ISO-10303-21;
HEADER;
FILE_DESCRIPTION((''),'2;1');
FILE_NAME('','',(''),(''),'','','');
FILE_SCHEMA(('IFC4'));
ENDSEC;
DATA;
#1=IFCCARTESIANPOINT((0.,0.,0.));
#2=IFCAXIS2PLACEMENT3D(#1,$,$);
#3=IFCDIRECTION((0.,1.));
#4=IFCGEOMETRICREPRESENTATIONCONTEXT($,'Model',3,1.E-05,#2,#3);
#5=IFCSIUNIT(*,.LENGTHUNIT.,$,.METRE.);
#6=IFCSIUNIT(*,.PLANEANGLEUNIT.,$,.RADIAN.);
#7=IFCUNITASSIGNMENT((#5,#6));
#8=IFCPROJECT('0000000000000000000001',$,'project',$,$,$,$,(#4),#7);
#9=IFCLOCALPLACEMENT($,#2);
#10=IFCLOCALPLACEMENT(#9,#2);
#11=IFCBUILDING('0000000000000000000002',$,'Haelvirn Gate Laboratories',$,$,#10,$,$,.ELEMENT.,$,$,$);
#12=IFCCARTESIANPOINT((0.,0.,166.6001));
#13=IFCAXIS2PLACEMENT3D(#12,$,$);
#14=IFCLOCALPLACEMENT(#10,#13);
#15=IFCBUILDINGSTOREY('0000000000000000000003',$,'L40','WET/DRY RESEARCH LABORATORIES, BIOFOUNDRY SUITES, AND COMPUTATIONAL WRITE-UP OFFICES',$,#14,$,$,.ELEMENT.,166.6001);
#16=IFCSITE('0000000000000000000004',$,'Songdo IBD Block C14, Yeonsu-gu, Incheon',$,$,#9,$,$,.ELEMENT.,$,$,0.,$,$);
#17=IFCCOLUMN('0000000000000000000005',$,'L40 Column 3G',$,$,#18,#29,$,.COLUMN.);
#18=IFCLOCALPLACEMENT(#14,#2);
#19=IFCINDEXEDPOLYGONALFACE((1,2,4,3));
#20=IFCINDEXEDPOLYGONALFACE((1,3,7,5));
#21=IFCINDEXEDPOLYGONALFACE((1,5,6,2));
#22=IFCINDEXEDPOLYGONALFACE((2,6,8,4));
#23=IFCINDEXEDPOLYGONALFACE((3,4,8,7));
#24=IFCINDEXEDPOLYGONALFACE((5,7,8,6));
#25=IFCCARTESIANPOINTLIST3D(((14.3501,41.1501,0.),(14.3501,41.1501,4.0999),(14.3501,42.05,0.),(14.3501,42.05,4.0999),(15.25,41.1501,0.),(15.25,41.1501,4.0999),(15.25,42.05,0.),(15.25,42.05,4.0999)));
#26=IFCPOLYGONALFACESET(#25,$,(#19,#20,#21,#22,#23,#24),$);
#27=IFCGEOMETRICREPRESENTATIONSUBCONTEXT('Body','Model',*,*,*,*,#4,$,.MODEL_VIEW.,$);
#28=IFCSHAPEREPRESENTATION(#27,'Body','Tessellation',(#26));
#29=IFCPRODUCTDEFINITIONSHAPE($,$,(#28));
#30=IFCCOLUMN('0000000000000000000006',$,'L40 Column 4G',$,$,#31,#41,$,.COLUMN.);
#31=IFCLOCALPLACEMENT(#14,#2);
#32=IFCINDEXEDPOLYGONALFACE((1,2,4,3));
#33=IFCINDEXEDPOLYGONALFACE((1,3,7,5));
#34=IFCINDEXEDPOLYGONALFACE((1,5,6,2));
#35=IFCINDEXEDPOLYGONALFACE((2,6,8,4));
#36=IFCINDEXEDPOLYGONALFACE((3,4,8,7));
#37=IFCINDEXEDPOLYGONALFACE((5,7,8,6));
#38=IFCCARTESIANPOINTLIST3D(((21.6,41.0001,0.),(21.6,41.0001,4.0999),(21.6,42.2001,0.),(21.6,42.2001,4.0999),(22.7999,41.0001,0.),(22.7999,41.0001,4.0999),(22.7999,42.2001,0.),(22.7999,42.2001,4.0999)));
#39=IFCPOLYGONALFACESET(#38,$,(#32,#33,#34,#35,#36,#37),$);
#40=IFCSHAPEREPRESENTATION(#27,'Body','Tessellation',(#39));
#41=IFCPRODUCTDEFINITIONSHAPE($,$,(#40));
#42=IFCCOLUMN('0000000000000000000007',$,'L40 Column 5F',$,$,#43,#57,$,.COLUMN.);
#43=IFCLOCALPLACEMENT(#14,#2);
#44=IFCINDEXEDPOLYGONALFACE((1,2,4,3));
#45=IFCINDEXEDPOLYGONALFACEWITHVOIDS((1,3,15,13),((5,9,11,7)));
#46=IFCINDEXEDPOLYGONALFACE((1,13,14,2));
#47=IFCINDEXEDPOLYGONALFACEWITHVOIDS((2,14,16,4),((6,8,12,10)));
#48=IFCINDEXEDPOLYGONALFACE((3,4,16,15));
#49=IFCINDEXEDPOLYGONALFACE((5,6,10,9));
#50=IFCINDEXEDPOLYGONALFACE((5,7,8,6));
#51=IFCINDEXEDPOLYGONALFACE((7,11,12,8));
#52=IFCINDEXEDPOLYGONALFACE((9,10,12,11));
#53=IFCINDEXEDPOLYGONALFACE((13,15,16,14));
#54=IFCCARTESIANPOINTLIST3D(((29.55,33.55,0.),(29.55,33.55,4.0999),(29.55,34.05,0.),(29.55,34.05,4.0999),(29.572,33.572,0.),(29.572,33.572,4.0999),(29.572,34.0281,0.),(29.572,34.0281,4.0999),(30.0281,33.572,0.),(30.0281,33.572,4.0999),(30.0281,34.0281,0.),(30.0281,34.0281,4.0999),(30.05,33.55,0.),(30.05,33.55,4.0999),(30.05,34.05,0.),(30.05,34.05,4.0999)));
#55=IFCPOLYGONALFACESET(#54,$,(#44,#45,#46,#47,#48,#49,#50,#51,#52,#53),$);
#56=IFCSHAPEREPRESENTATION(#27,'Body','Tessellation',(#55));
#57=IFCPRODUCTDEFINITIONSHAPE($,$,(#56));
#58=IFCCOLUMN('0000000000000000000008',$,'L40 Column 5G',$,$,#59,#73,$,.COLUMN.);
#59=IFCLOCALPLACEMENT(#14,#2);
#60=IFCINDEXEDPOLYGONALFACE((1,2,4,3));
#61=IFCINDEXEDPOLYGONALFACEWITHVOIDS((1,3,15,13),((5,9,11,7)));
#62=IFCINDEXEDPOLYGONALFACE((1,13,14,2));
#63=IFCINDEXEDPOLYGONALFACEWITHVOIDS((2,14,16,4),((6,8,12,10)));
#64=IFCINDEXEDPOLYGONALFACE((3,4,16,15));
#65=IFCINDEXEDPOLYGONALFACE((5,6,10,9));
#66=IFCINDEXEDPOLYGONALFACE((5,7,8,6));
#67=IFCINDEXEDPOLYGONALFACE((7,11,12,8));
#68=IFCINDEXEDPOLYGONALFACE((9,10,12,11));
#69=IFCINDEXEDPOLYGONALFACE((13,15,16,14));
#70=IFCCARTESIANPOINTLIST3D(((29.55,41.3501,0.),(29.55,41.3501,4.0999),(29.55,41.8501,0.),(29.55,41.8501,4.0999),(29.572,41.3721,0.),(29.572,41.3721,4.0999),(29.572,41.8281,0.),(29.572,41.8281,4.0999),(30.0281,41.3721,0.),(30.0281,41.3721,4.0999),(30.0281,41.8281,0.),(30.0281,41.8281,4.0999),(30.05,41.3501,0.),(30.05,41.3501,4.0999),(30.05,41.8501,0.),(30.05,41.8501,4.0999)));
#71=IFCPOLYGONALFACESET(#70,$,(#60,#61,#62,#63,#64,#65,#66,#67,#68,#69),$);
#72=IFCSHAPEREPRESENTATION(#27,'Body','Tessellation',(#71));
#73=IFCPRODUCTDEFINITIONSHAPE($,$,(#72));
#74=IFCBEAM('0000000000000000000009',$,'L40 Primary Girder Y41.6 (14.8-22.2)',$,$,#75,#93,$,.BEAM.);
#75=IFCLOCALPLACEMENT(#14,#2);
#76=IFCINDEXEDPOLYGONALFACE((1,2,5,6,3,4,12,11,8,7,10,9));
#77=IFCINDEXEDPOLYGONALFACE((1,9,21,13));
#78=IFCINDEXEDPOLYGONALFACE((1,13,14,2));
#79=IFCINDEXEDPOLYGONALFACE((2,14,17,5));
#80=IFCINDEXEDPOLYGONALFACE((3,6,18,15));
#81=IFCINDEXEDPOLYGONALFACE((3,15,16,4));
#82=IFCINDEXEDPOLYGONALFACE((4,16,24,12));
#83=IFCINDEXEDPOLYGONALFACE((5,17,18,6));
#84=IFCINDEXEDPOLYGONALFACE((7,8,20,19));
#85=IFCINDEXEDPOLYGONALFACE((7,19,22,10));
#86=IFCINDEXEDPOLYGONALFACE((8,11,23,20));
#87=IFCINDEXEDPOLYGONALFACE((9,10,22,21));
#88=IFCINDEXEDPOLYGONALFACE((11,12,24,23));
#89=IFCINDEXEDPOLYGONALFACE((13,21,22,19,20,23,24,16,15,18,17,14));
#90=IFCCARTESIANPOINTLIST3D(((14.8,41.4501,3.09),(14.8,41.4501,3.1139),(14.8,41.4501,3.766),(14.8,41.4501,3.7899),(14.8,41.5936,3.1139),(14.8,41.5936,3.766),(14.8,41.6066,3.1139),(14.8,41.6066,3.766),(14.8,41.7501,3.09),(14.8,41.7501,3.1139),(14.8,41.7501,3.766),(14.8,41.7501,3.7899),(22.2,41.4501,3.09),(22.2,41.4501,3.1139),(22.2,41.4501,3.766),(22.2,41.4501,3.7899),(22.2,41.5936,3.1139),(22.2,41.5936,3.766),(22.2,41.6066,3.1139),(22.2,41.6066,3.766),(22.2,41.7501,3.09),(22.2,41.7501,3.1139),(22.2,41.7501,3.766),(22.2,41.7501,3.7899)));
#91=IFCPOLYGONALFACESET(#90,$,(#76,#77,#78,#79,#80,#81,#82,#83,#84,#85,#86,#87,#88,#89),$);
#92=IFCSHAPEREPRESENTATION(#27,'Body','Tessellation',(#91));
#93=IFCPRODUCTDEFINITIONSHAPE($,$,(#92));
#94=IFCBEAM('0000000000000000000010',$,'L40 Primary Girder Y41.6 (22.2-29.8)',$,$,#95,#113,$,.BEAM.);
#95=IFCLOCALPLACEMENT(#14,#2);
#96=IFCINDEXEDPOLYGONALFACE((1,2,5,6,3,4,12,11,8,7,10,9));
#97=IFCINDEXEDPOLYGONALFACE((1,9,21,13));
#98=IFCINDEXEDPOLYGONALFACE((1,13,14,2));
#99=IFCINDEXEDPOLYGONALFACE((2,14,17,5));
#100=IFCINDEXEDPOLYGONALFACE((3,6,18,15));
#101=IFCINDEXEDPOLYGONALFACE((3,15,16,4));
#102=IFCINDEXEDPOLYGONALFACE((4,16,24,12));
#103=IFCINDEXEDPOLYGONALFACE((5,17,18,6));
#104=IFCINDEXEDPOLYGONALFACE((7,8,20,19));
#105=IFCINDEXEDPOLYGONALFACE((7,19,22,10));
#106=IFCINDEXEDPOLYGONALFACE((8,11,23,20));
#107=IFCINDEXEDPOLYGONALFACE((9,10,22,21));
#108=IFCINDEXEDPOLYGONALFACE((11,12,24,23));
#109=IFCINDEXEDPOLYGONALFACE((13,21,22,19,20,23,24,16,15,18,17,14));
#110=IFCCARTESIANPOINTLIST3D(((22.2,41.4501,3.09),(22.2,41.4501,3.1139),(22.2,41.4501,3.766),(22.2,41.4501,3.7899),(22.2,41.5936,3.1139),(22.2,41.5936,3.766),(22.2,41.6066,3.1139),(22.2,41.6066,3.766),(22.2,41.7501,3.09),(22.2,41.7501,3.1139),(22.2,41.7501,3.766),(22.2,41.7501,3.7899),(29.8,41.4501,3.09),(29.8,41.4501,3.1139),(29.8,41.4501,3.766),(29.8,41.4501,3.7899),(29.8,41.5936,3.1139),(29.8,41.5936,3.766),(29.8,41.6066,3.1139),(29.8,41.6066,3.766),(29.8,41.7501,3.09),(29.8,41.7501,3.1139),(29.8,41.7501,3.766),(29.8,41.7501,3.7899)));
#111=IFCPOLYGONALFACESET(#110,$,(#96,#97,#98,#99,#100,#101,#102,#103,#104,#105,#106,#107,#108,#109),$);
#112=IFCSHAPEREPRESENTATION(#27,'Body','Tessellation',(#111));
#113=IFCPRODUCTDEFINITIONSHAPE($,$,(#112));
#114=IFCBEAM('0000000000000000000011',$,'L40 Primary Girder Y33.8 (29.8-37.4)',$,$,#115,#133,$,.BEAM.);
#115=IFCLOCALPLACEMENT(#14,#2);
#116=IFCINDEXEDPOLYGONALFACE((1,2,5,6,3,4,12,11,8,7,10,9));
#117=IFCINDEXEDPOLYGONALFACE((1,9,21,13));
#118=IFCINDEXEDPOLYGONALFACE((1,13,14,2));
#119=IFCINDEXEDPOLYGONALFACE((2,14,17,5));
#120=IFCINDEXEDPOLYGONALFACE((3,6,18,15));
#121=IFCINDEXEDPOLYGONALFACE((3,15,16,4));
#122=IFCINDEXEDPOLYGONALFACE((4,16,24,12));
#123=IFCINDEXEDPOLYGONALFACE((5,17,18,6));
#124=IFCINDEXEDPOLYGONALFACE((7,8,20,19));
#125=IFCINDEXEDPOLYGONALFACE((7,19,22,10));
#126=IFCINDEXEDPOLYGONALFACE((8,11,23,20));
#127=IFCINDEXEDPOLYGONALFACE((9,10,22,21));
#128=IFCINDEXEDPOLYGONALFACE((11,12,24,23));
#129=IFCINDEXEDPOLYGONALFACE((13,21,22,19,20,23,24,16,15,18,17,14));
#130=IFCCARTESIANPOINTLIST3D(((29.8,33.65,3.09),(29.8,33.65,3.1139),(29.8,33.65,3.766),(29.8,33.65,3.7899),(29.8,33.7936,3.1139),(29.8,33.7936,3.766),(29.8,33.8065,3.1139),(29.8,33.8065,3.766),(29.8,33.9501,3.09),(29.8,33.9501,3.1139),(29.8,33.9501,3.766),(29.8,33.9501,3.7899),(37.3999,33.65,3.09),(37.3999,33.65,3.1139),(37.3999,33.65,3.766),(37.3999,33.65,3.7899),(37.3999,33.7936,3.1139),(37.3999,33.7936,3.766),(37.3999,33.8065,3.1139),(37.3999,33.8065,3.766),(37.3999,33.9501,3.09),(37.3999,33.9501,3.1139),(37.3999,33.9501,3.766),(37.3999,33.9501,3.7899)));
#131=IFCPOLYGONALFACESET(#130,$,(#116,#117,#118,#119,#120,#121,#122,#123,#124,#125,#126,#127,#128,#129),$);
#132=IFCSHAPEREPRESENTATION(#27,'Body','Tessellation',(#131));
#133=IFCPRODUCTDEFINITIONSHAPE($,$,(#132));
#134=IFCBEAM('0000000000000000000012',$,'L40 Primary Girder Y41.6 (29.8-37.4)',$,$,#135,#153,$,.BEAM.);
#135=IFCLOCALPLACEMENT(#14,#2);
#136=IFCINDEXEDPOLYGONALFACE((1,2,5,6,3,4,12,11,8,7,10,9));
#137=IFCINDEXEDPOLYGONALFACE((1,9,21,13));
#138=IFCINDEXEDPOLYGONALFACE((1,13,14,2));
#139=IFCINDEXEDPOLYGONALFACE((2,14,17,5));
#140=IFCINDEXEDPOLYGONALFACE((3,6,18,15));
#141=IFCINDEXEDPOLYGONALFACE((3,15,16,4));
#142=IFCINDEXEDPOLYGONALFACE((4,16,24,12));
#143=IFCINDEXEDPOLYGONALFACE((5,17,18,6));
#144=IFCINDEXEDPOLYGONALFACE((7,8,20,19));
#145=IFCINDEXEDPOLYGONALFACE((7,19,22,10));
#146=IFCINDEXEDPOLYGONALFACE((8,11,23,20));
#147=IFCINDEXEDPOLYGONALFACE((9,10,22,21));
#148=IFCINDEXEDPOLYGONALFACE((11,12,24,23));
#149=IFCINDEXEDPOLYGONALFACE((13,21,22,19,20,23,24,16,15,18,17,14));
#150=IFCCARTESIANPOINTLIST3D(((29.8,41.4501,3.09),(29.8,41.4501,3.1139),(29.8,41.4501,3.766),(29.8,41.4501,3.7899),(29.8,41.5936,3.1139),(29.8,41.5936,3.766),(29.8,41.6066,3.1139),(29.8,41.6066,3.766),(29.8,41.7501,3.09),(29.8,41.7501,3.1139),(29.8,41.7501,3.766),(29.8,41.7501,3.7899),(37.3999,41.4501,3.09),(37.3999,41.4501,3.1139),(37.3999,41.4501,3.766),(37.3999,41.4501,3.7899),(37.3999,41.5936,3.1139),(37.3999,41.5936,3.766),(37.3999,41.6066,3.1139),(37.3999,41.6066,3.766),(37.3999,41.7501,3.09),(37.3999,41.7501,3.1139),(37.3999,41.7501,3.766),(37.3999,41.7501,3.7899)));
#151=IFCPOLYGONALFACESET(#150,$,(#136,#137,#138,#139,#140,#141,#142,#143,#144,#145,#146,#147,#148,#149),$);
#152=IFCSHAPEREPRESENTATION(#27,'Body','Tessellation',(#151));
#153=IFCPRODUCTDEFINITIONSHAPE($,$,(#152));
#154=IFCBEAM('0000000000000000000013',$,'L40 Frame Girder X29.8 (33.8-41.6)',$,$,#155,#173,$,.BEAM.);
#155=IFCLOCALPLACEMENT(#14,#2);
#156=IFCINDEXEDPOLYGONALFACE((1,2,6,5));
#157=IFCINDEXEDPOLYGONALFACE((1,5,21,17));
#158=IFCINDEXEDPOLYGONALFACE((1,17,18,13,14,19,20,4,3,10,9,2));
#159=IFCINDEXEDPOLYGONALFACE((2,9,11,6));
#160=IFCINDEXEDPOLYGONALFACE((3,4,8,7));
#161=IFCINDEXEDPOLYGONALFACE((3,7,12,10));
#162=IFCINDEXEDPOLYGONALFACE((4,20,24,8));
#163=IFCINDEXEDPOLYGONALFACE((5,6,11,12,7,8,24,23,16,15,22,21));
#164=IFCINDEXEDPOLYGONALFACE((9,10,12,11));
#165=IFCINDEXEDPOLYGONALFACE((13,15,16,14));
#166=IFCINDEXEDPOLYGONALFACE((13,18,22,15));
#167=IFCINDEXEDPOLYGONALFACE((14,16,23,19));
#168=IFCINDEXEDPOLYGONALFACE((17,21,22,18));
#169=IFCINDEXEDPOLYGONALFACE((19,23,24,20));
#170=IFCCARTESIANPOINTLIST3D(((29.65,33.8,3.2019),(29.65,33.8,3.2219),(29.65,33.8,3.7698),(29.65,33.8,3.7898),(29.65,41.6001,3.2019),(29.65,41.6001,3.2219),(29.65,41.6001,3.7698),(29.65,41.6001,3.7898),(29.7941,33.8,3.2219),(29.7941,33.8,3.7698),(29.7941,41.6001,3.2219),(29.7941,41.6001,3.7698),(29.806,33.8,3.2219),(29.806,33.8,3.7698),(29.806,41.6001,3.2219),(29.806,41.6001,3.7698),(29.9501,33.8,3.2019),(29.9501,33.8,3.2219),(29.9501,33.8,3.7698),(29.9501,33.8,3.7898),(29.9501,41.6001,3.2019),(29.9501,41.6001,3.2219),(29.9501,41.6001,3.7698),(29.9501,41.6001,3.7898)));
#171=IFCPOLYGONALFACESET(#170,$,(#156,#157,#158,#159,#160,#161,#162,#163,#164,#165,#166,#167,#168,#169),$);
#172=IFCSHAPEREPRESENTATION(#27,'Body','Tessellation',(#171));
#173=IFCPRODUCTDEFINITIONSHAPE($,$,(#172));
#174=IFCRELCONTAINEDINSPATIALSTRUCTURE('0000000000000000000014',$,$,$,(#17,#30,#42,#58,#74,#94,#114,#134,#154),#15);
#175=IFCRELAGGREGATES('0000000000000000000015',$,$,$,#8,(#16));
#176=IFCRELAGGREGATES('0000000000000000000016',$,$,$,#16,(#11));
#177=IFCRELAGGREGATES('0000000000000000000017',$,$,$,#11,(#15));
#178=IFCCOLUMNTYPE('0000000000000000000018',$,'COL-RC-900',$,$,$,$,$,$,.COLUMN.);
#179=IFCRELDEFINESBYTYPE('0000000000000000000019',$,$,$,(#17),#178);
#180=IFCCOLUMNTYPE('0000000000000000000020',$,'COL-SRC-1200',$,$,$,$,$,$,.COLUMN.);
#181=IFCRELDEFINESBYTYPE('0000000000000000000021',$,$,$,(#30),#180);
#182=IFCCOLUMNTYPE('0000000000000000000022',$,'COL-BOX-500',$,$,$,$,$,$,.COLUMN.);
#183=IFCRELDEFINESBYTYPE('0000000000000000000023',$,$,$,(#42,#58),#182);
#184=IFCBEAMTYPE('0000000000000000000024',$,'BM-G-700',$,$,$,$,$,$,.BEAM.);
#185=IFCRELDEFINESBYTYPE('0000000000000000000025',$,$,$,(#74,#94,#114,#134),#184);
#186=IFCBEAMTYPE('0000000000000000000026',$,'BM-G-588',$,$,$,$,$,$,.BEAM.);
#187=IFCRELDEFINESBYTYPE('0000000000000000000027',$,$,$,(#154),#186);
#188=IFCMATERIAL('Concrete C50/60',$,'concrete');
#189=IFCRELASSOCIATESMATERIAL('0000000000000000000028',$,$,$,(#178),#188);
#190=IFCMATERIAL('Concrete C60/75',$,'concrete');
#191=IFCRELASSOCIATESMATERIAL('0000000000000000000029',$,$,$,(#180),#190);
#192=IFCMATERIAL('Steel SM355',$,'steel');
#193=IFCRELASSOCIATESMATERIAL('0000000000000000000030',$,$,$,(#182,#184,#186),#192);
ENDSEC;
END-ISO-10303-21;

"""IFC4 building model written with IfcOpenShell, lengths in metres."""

from ifc_helpers import new_model, si_unit, direction, frame, origin, origin_2d, place, context, subcontext, project, spatial, rectangle, hollow_rectangle, i_section, extrude, source, transform, mapped, material, material_profile, profile_set, type_object, type_shapes, element, save


model = new_model("IFC4")

# Units and contexts
model_context = context("Model", 3, precision=1e-05, world=origin(), true_north=direction((0.0, 1.0)))
body_context = subcontext(model_context, "Body", "Model", "MODEL_VIEW")
ifc_project = project(units=[si_unit("LENGTHUNIT", "METRE"), si_unit("PLANEANGLEUNIT", "RADIAN")], contexts=[model_context])

# Site, building, storey
site_placement = place(None, origin())
site = spatial("IfcSite", under=ifc_project, at=site_placement, Name="Songdo IBD Block C14, Yeonsu-gu, Incheon", CompositionType="ELEMENT", RefElevation=0.0)
building_placement = place(site_placement, origin())
building = spatial("IfcBuilding", under=site, at=building_placement, Name="Haelvirn Gate Laboratories", CompositionType="ELEMENT")
storey_placement = place(building_placement, frame((0.0, 0.0, 166.6001)))
storey = spatial("IfcBuildingStorey", under=building, at=storey_placement, Name="L40", Description="WET/DRY RESEARCH LABORATORIES, BIOFOUNDRY SUITES, AND COMPUTATIONAL WRITE-UP OFFICES", CompositionType="ELEMENT", Elevation=166.6001)

# Columns
ifc_material_1 = material(Name="Concrete C50/60", Category="concrete")
ifc_material_profile_1 = material_profile(ifc_material_1, rectangle(XDim=0.8999, YDim=0.8999, at=origin_2d()), Name="RC-900x900")
ifc_profile_set_1 = profile_set([ifc_material_profile_1], Name="Concrete C50/60")
column_type_1 = type_object("IfcColumnType", Name="COL-RC-900", PredefinedType="COLUMN", material=ifc_profile_set_1)
shared_shape_1 = source(origin(), body_context, "Body", "SweptSolid", [
    extrude(rectangle(XDim=0.8999, YDim=0.8999, at=origin_2d()), origin(), (0.0, 0.0, 1.0), 4.0999),
])
type_shapes(column_type_1, [shared_shape_1])
column_1_placement = place(storey_placement, frame((14.8, 41.6001, 0.0), z_axis=(0.0, 0.0, 1.0), x_axis=(1.0, 0.0, 0.0)))
element("IfcColumn", 1, at=column_1_placement, inside=storey, type_object=column_type_1, Name="L40 Column 3G", PredefinedType="COLUMN", context=body_context, shape_type="MappedRepresentation", body=[
    mapped(shared_shape_1, transform((0.0, 0.0, 0.0), scale=1.0)),
])
ifc_material_2 = material(Name="Concrete C60/75", Category="concrete")
ifc_material_profile_2 = material_profile(ifc_material_2, rectangle(XDim=1.2, YDim=1.2, at=origin_2d()), Name="SRC-1200x1200")
ifc_profile_set_2 = profile_set([ifc_material_profile_2], Name="Concrete C60/75")
column_type_2 = type_object("IfcColumnType", Name="COL-SRC-1200", PredefinedType="COLUMN", material=ifc_profile_set_2)
shared_shape_2 = source(origin(), body_context, "Body", "SweptSolid", [
    extrude(rectangle(XDim=1.2, YDim=1.2, at=origin_2d()), origin(), (0.0, 0.0, 1.0), 4.0999),
])
type_shapes(column_type_2, [shared_shape_2])
column_2_placement = place(storey_placement, frame((22.2, 41.6001, 0.0), z_axis=(0.0, 0.0, 1.0), x_axis=(1.0, 0.0, 0.0)))
element("IfcColumn", 2, at=column_2_placement, inside=storey, type_object=column_type_2, Name="L40 Column 4G", PredefinedType="COLUMN", context=body_context, shape_type="MappedRepresentation", body=[
    mapped(shared_shape_2, transform((0.0, 0.0, 0.0), scale=1.0)),
])
ifc_material_3 = material(Name="Steel SM355", Category="steel")
ifc_material_profile_3 = material_profile(ifc_material_3, hollow_rectangle(XDim=0.5, YDim=0.5, WallThickness=0.022, at=origin_2d()), Name="BOX-500x500x22")
ifc_profile_set_3 = profile_set([ifc_material_profile_3], Name="Steel SM355")
column_type_3 = type_object("IfcColumnType", Name="COL-BOX-500", PredefinedType="COLUMN", material=ifc_profile_set_3)
shared_shape_3 = source(origin(), body_context, "Body", "SweptSolid", [
    extrude(hollow_rectangle(XDim=0.5, YDim=0.5, WallThickness=0.022, at=origin_2d()), origin(), (0.0, 0.0, 1.0), 4.0999),
])
type_shapes(column_type_3, [shared_shape_3])
for number, where, z_axis, x_axis, name in (
    (3, (29.8, 33.8, 0.0), (0.0, 0.0, 1.0), (1.0, 0.0, 0.0), "L40 Column 5F"),
    (4, (29.8, 41.6001, 0.0), (0.0, 0.0, 1.0), (1.0, 0.0, 0.0), "L40 Column 5G"),
):
    element("IfcColumn", number, at=place(storey_placement, frame(where, z_axis=z_axis, x_axis=x_axis)), inside=storey, type_object=column_type_3, Name=name, PredefinedType="COLUMN", context=body_context, shape_type="MappedRepresentation", body=[
        mapped(shared_shape_3, transform((0.0, 0.0, 0.0), scale=1.0)),
    ])

# Beams
ifc_material_profile_4 = material_profile(ifc_material_3, i_section(OverallWidth=0.3, OverallDepth=0.7, WebThickness=0.0129, FlangeThickness=0.0239, at=origin_2d()), Name="H-700x300x13x24")
ifc_profile_set_4 = profile_set([ifc_material_profile_4], Name="Steel SM355")
beam_type_1 = type_object("IfcBeamType", Name="BM-G-700", PredefinedType="BEAM", material=ifc_profile_set_4)
shared_shape_4 = source(origin(), body_context, "Body", "SweptSolid", [
    extrude(i_section(OverallWidth=0.3, OverallDepth=0.7, WebThickness=0.0129, FlangeThickness=0.0239, at=origin_2d()), origin(), (0.0, 0.0, 1.0), 7.3999),
])
beam_1_placement = place(storey_placement, frame((14.8, 41.6001, 3.4399), z_axis=(1.0, 0.0, 0.0), x_axis=(0.0, 1.0, 0.0)))
element("IfcBeam", 5, at=beam_1_placement, inside=storey, type_object=beam_type_1, Name="L40 Primary Girder Y41.6 (14.8-22.2)", PredefinedType="BEAM", context=body_context, shape_type="MappedRepresentation", body=[
    mapped(shared_shape_4, transform((0.0, 0.0, 0.0), scale=1.0)),
])
shared_shape_5 = source(origin(), body_context, "Body", "SweptSolid", [
    extrude(i_section(OverallWidth=0.3, OverallDepth=0.7, WebThickness=0.0129, FlangeThickness=0.0239, at=origin_2d()), origin(), (0.0, 0.0, 1.0), 7.6001),
])
beam_2_placement = place(storey_placement, frame((22.2, 41.6001, 3.4399), z_axis=(1.0, 0.0, 0.0), x_axis=(0.0, 1.0, 0.0)))
element("IfcBeam", 6, at=beam_2_placement, inside=storey, type_object=beam_type_1, Name="L40 Primary Girder Y41.6 (22.2-29.8)", PredefinedType="BEAM", context=body_context, shape_type="MappedRepresentation", body=[
    mapped(shared_shape_5, transform((0.0, 0.0, 0.0), scale=1.0)),
])
shared_shape_6 = source(origin(), body_context, "Body", "SweptSolid", [
    extrude(i_section(OverallWidth=0.3, OverallDepth=0.7, WebThickness=0.0129, FlangeThickness=0.0239, at=origin_2d()), origin(), (0.0, 0.0, 1.0), 7.5999),
])
type_shapes(beam_type_1, [shared_shape_4, shared_shape_5, shared_shape_6])
for number, where, z_axis, x_axis, name in (
    (7, (29.8, 33.8, 3.4399), (1.0, 0.0, 0.0), (0.0, 1.0, 0.0), "L40 Primary Girder Y33.8 (29.8-37.4)"),
    (8, (29.8, 41.6001, 3.4399), (1.0, 0.0, 0.0), (0.0, 1.0, 0.0), "L40 Primary Girder Y41.6 (29.8-37.4)"),
):
    element("IfcBeam", number, at=place(storey_placement, frame(where, z_axis=z_axis, x_axis=x_axis)), inside=storey, type_object=beam_type_1, Name=name, PredefinedType="BEAM", context=body_context, shape_type="MappedRepresentation", body=[
        mapped(shared_shape_6, transform((0.0, 0.0, 0.0), scale=1.0)),
    ])
ifc_material_profile_5 = material_profile(ifc_material_3, i_section(OverallWidth=0.3, OverallDepth=0.5879, WebThickness=0.012, FlangeThickness=0.02, at=origin_2d()), Name="H-588x300x12x20")
ifc_profile_set_5 = profile_set([ifc_material_profile_5], Name="Steel SM355")
beam_type_2 = type_object("IfcBeamType", Name="BM-G-588", PredefinedType="BEAM", material=ifc_profile_set_5)
shared_shape_7 = source(origin(), body_context, "Body", "SweptSolid", [
    extrude(i_section(OverallWidth=0.3, OverallDepth=0.5879, WebThickness=0.012, FlangeThickness=0.02, at=origin_2d()), origin(), (0.0, 0.0, 1.0), 7.8),
])
type_shapes(beam_type_2, [shared_shape_7])
beam_3_placement = place(storey_placement, frame((29.8, 33.8, 3.4958), z_axis=(0.0, 1.0, 0.0), x_axis=(-1.0, 0.0, 0.0)))
element("IfcBeam", 9, at=beam_3_placement, inside=storey, type_object=beam_type_2, Name="L40 Frame Girder X29.8 (33.8-41.6)", PredefinedType="BEAM", context=body_context, shape_type="MappedRepresentation", body=[
    mapped(shared_shape_7, transform((0.0, 0.0, 0.0), scale=1.0)),
])

save(model, "model.ifc")
